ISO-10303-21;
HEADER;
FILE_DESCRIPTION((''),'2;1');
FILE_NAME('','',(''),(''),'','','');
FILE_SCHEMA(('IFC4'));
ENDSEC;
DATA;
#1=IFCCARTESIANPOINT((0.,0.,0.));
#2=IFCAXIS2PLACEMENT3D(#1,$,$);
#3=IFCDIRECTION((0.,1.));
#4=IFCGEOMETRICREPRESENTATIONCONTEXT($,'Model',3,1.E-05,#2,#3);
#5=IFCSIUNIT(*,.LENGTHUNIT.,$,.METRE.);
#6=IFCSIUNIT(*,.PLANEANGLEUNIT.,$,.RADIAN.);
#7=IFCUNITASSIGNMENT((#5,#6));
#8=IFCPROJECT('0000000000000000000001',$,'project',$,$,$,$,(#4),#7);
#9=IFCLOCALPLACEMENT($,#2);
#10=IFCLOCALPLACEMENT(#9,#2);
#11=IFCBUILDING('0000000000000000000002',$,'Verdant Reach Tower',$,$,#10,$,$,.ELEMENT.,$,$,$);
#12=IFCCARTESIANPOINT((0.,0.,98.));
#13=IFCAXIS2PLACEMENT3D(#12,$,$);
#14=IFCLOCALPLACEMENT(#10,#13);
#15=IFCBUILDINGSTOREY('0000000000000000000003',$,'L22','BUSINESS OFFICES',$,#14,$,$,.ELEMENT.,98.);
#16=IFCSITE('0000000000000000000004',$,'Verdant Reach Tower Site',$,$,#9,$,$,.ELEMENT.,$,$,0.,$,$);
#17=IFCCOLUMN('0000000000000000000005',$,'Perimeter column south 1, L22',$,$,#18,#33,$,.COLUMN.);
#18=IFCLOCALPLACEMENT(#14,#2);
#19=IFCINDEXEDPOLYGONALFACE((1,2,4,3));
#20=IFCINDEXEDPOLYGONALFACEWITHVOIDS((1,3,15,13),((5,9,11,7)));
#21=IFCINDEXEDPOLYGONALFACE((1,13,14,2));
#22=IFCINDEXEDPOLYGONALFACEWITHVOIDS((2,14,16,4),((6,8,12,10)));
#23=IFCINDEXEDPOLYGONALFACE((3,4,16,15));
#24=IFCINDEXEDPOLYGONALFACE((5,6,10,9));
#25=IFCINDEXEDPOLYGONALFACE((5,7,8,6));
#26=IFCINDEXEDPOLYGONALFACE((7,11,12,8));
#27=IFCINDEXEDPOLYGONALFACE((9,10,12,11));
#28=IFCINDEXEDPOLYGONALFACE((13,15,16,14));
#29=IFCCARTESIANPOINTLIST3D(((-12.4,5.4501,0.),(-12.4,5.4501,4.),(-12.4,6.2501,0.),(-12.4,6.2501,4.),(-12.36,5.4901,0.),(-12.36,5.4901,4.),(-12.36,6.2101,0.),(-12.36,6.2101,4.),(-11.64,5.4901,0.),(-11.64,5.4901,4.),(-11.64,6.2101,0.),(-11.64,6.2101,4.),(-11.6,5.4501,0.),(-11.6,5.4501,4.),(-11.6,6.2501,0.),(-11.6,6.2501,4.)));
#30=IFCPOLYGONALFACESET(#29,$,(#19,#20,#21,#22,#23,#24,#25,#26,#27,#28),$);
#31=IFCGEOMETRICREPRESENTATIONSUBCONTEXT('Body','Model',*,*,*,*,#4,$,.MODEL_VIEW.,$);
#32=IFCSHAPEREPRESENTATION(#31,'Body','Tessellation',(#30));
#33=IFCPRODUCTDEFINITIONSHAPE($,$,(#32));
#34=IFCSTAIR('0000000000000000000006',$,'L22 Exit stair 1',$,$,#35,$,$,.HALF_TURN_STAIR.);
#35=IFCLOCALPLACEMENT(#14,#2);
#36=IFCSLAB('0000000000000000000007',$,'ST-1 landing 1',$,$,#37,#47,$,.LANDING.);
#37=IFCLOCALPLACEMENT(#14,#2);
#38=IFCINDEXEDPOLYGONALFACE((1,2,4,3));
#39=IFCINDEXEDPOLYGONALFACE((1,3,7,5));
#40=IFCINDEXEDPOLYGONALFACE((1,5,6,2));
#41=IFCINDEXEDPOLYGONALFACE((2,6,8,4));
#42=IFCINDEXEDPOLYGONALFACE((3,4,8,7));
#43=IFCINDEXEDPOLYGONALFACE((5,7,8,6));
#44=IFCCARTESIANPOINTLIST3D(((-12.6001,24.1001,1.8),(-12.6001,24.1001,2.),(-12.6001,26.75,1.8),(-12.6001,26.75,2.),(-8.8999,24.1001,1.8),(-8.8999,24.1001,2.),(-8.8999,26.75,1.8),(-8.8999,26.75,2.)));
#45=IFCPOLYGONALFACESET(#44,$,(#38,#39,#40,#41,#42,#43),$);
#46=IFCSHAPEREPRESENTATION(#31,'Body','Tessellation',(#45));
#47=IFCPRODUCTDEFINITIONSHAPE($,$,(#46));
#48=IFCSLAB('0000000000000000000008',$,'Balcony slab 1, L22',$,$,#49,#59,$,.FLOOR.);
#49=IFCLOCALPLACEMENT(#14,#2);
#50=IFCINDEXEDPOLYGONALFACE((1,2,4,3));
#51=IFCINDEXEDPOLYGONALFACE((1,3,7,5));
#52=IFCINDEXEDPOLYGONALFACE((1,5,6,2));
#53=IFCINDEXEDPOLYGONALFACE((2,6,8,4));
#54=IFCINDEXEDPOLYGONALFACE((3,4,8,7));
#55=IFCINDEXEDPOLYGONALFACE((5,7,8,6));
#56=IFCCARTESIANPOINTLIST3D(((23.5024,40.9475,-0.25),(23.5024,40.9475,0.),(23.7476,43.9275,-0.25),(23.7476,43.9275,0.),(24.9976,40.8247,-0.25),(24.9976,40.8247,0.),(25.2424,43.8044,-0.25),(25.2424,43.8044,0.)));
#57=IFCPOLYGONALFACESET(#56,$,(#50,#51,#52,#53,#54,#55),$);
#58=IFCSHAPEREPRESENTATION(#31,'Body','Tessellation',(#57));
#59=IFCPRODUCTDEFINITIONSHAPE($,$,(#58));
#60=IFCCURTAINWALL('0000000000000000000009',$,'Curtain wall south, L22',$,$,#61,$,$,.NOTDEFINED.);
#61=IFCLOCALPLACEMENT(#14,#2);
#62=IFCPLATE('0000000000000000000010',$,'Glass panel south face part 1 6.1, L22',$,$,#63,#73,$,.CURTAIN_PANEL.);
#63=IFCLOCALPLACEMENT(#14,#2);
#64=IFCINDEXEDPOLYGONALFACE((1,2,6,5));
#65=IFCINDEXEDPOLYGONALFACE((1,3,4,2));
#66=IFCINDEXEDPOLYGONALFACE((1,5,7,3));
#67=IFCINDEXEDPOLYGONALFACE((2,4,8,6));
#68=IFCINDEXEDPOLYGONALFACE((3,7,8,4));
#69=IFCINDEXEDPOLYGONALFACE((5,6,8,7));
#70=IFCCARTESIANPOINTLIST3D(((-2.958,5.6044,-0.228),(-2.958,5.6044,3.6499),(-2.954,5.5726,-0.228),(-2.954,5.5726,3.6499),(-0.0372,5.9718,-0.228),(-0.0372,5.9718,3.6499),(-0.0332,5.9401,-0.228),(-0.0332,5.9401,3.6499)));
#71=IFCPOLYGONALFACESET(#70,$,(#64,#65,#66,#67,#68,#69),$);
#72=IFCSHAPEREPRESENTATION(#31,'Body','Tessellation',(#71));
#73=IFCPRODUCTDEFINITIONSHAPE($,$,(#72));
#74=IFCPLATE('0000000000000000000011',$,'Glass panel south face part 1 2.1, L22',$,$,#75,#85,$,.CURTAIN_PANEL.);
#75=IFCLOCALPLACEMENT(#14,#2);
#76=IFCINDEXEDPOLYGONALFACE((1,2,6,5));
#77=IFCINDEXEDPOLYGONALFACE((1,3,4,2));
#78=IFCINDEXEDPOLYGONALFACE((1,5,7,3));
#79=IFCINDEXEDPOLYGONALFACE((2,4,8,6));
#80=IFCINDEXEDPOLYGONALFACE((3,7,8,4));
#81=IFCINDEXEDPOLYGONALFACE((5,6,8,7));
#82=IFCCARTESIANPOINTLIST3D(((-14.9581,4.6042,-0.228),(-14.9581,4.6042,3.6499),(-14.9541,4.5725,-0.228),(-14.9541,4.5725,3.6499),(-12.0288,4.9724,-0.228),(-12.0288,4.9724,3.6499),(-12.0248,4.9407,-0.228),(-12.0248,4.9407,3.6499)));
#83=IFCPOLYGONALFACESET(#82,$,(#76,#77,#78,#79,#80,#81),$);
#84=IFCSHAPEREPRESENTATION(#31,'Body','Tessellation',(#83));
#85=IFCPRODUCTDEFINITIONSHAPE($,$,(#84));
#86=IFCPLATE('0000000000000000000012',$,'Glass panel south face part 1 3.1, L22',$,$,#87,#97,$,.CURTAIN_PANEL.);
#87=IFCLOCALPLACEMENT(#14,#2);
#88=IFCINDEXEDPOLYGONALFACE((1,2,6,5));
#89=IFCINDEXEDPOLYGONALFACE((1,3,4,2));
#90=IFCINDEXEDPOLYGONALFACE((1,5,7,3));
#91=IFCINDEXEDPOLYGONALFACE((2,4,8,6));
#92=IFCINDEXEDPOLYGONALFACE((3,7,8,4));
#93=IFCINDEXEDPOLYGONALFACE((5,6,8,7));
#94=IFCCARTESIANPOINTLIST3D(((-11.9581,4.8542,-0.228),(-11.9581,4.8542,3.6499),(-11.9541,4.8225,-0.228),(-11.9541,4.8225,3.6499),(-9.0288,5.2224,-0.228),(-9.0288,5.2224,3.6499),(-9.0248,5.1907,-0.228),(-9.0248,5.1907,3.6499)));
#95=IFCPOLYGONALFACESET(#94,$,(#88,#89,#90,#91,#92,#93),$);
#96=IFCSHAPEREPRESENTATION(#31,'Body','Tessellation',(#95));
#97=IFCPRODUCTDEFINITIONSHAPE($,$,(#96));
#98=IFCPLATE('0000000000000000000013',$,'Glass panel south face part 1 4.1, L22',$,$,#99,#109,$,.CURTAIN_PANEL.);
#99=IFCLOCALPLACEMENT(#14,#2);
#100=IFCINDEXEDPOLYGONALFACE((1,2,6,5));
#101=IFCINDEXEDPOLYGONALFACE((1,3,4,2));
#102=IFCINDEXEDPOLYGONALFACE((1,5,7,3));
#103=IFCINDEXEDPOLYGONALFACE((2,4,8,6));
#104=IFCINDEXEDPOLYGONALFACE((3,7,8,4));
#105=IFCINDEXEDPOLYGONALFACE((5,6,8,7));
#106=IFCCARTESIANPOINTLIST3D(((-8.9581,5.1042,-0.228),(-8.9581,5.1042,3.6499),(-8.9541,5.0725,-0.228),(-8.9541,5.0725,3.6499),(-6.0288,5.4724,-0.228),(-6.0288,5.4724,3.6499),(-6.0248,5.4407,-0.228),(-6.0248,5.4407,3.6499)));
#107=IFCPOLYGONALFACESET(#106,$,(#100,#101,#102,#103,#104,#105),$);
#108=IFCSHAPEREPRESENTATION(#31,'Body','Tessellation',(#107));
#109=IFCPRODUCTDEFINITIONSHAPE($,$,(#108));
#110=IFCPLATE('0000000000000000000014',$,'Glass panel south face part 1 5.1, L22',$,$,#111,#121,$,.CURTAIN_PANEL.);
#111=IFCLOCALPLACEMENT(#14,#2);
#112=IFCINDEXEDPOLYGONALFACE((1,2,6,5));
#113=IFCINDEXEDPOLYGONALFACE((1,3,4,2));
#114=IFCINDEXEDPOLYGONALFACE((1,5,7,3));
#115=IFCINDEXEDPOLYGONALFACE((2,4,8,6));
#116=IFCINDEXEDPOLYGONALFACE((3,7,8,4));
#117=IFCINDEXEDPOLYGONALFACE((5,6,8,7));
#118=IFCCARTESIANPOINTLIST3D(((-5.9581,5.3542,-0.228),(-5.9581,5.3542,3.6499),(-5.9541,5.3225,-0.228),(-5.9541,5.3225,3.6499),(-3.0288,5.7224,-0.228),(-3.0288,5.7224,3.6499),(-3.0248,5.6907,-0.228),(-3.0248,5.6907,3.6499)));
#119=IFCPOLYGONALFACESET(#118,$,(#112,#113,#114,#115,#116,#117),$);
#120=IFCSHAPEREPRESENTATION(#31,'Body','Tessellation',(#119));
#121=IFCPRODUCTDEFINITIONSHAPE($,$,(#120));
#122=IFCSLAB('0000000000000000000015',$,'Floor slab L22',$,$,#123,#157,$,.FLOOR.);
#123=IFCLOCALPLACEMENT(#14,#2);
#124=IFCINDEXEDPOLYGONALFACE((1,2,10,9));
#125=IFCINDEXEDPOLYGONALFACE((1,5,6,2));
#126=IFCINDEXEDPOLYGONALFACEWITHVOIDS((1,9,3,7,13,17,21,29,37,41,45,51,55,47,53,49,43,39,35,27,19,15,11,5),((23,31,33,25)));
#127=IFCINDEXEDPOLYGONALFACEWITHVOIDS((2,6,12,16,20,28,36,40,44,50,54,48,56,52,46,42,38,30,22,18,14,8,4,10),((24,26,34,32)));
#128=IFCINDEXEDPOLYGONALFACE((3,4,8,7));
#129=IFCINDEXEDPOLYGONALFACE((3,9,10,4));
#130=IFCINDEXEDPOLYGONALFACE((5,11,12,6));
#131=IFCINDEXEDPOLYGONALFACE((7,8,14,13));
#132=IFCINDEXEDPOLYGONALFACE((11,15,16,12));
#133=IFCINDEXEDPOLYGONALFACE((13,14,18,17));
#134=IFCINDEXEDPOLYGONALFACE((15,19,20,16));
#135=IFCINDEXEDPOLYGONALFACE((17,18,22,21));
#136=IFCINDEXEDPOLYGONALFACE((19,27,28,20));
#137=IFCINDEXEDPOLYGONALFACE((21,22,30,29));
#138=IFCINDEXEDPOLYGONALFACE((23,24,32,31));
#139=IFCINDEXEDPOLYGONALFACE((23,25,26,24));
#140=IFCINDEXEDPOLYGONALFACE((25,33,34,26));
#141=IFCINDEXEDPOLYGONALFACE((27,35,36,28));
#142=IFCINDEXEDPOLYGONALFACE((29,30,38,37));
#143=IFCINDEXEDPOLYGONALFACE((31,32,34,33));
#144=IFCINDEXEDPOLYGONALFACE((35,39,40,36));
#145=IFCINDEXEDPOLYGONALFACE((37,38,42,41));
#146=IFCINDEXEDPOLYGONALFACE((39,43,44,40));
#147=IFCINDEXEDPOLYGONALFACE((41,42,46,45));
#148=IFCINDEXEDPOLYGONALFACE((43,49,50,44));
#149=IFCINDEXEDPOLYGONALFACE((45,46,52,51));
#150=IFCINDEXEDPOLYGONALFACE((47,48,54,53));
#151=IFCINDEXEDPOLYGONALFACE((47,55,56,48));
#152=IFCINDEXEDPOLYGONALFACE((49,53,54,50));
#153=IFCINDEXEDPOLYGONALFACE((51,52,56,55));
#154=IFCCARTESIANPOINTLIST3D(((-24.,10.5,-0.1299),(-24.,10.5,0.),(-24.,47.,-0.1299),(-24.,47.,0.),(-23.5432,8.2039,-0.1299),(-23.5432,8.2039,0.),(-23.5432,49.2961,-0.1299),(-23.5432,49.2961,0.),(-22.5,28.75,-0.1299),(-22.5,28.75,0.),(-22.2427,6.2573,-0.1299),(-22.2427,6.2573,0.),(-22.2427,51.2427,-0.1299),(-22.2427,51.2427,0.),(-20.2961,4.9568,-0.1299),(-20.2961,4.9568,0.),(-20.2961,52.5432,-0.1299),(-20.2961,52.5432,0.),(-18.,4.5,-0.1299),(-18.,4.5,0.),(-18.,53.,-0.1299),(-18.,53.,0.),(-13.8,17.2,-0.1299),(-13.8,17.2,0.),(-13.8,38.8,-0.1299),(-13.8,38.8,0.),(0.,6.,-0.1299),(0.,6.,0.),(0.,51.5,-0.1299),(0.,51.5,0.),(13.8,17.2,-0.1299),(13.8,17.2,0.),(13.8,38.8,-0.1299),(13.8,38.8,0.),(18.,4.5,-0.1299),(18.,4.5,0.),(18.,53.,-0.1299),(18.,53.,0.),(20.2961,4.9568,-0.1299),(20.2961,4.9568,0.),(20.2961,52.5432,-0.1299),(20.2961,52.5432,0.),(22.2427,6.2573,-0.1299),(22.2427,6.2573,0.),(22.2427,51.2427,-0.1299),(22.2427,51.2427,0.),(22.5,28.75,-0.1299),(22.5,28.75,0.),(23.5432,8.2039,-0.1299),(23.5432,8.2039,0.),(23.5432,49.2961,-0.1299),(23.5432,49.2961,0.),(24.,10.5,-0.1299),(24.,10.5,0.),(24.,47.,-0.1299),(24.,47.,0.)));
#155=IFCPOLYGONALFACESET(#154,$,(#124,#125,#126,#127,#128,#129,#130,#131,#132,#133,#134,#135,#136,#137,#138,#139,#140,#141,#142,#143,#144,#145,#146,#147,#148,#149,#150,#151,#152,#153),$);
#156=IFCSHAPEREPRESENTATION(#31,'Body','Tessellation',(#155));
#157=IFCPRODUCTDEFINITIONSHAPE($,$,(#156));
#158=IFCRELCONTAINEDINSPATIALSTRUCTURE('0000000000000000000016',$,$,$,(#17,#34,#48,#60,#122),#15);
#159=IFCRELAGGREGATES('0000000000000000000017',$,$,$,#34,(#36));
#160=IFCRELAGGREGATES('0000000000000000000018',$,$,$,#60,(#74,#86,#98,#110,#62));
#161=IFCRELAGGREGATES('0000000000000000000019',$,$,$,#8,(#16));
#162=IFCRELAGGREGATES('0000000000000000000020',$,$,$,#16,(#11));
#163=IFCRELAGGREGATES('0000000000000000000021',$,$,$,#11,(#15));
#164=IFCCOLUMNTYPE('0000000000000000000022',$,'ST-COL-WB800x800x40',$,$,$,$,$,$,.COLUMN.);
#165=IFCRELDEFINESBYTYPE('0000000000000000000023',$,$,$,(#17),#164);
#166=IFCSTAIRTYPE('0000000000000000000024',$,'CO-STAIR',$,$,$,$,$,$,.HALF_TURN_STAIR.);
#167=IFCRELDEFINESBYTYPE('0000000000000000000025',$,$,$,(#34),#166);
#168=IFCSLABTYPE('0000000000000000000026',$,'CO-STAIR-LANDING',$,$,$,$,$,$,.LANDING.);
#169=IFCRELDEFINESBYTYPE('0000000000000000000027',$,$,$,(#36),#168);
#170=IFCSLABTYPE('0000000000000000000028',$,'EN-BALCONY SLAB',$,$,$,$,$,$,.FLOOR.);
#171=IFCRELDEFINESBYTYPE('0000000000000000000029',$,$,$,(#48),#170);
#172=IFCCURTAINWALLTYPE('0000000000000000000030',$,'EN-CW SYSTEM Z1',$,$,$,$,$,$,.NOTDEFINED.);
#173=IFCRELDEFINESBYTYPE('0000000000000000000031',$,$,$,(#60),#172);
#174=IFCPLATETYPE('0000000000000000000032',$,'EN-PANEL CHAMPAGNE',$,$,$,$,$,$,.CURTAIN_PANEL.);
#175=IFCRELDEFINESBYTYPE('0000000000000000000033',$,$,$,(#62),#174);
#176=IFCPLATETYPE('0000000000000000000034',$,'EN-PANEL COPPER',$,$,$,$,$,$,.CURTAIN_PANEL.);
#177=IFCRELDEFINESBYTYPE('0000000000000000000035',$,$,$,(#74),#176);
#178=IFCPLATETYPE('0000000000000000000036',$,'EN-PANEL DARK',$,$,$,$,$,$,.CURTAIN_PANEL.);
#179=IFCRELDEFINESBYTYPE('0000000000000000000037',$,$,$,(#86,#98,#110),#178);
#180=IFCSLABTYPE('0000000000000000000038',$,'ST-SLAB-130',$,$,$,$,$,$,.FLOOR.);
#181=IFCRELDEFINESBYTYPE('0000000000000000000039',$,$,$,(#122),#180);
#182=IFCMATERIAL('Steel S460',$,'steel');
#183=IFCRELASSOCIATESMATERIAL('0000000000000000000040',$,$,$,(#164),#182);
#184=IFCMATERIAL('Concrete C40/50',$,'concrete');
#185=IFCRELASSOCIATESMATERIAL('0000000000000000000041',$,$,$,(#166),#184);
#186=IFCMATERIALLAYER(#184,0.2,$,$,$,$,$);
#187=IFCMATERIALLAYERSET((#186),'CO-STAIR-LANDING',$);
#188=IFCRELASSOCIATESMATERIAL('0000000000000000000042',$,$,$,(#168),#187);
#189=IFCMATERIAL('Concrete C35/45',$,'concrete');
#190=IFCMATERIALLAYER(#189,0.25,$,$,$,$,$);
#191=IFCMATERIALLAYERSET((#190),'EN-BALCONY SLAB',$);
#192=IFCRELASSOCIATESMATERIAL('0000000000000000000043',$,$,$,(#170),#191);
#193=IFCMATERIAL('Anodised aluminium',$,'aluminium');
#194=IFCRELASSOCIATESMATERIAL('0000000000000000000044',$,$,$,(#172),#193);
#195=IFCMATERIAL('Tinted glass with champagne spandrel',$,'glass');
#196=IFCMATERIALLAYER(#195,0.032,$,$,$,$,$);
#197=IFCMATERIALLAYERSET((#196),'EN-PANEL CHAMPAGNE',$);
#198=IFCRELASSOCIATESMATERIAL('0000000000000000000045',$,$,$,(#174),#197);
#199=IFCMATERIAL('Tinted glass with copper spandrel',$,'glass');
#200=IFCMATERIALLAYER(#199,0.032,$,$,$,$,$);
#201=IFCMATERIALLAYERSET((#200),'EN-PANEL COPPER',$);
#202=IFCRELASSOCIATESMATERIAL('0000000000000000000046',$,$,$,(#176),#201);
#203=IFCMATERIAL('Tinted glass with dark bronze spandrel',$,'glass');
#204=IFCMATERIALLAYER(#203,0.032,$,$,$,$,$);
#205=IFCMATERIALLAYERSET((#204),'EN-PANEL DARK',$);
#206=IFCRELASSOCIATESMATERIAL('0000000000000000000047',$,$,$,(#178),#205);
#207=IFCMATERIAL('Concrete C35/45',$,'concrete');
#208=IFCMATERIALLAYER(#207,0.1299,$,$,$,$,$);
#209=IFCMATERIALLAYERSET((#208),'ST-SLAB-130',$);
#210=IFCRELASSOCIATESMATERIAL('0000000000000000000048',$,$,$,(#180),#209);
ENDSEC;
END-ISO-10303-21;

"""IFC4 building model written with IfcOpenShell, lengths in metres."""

from ifc_helpers import new_model, si_unit, direction, frame, origin, origin_2d, place, context, subcontext, project, spatial, polyline, rectangle, hollow_rectangle, outline, extrude, material, layer, layer_set, material_profile, profile_set, type_object, element, aggregate, save


model = new_model("IFC4")

# Units and contexts
model_context = context("Model", 3, precision=1e-05, world=origin(), true_north=direction((0.0, 1.0)))
body_context = subcontext(model_context, "Body", "Model", "MODEL_VIEW")
ifc_project = project(units=[si_unit("LENGTHUNIT", "METRE"), si_unit("PLANEANGLEUNIT", "RADIAN")], contexts=[model_context])

# Site, building, storey
site_placement = place(None, origin())
site = spatial("IfcSite", under=ifc_project, at=site_placement, Name="Verdant Reach Tower Site", CompositionType="ELEMENT", RefElevation=0.0)
building_placement = place(site_placement, origin())
building = spatial("IfcBuilding", under=site, at=building_placement, Name="Verdant Reach Tower", CompositionType="ELEMENT")
storey_placement = place(building_placement, frame((0.0, 0.0, 98.0)))
storey = spatial("IfcBuildingStorey", under=building, at=storey_placement, Name="L22", Description="BUSINESS OFFICES", CompositionType="ELEMENT", Elevation=98.0)

# Column
ifc_material_1 = material(Name="Steel S460", Category="steel")
ifc_material_profile = material_profile(ifc_material_1, hollow_rectangle(XDim=0.8, YDim=0.8, WallThickness=0.04, at=origin_2d()), Name="WB 800x800x40")
ifc_profile_set = profile_set([ifc_material_profile], Name="Steel S460")
column_type = type_object("IfcColumnType", Name="ST-COL-WB800x800x40", PredefinedType="COLUMN", material=ifc_profile_set)
column_placement = place(storey_placement, frame((-12.0, 5.8501, 0.0), z_axis=(0.0, 0.0, 1.0), x_axis=(1.0, 0.0, 0.0)))
element("IfcColumn", 1, at=column_placement, inside=storey, type_object=column_type, Name="Perimeter column south 1, L22", PredefinedType="COLUMN", context=body_context, shape_type="SweptSolid", body=[
    extrude(hollow_rectangle(XDim=0.8, YDim=0.8, WallThickness=0.04, at=origin_2d()), origin(), (0.0, 0.0, 1.0), 4.0),
])

# Stair, slab
ifc_material_2 = material(Name="Concrete C40/50", Category="concrete")
stair_type = type_object("IfcStairType", Name="CO-STAIR", PredefinedType="HALF_TURN_STAIR", material=ifc_material_2)
stair_placement = place(storey_placement, origin())
stair = element("IfcStair", 2, at=stair_placement, inside=storey, type_object=stair_type, Name="L22 Exit stair 1", PredefinedType="HALF_TURN_STAIR")
ifc_layer_1 = layer(ifc_material_2, 0.2)
ifc_layer_set_1 = layer_set([ifc_layer_1], Name="CO-STAIR-LANDING")
slab_type_1 = type_object("IfcSlabType", Name="CO-STAIR-LANDING", PredefinedType="LANDING", material=ifc_layer_set_1)
slab_1_placement = place(storey_placement, frame((0.0, 0.0, 1.8)))
slab_1 = element("IfcSlab", 3, at=slab_1_placement, type_object=slab_type_1, Name="ST-1 landing 1", PredefinedType="LANDING", context=body_context, shape_type="SweptSolid", body=[
    extrude(outline(polyline([(-12.6001, 26.75), (-12.6001, 24.1001), (-8.8999, 24.1001), (-8.8999, 26.75), (-12.6001, 26.75)])), origin(), (0.0, 0.0, 1.0), 0.2),
])
aggregate(stair, [slab_1])

# Slab
ifc_material_3 = material(Name="Concrete C35/45", Category="concrete")
ifc_layer_2 = layer(ifc_material_3, 0.25)
ifc_layer_set_2 = layer_set([ifc_layer_2], Name="EN-BALCONY SLAB")
slab_type_2 = type_object("IfcSlabType", Name="EN-BALCONY SLAB", PredefinedType="FLOOR", material=ifc_layer_set_2)
slab_2_placement = place(storey_placement, frame((0.0, 0.0, -0.25)))
element("IfcSlab", 4, at=slab_2_placement, inside=storey, type_object=slab_type_2, Name="Balcony slab 1, L22", PredefinedType="FLOOR", context=body_context, shape_type="SweptSolid", body=[
    extrude(outline(polyline([(23.5024, 40.9475), (23.7476, 43.9275), (25.2424, 43.8044), (24.9976, 40.8247), (23.5024, 40.9475)])), origin(), (0.0, 0.0, 1.0), 0.25),
])

# Curtain wall, plates
ifc_material_4 = material(Name="Anodised aluminium", Category="aluminium")
curtain_wall_type = type_object("IfcCurtainWallType", Name="EN-CW SYSTEM Z1", PredefinedType="NOTDEFINED", material=ifc_material_4)
curtain_wall_placement = place(storey_placement, origin())
curtain_wall = element("IfcCurtainWall", 5, at=curtain_wall_placement, inside=storey, type_object=curtain_wall_type, Name="Curtain wall south, L22", PredefinedType="NOTDEFINED")
ifc_material_5 = material(Name="Tinted glass with champagne spandrel", Category="glass")
ifc_layer_3 = layer(ifc_material_5, 0.032)
ifc_layer_set_3 = layer_set([ifc_layer_3], Name="EN-PANEL CHAMPAGNE")
plate_type_1 = type_object("IfcPlateType", Name="EN-PANEL CHAMPAGNE", PredefinedType="CURTAIN_PANEL", material=ifc_layer_set_3)
plate_1_placement = place(storey_placement, frame((-1.4956, 5.7722, -0.228), z_axis=(0.0, 0.0, 1.0), x_axis=(0.992179, 0.124821, 0.0)))
plate_1 = element("IfcPlate", 6, at=plate_1_placement, type_object=plate_type_1, Name="Glass panel south face part 1 6.1, L22", PredefinedType="CURTAIN_PANEL", context=body_context, shape_type="SweptSolid", body=[
    extrude(rectangle(XDim=2.9438, YDim=0.032, at=origin_2d()), origin(), (0.0, 0.0, 1.0), 3.8779),
])
ifc_material_6 = material(Name="Tinted glass with copper spandrel", Category="glass")
ifc_layer_4 = layer(ifc_material_6, 0.032)
ifc_layer_set_4 = layer_set([ifc_layer_4], Name="EN-PANEL COPPER")
plate_type_2 = type_object("IfcPlateType", Name="EN-PANEL COPPER", PredefinedType="CURTAIN_PANEL", material=ifc_layer_set_4)
plate_2_placement = place(storey_placement, frame((-13.4915, 4.7725, -0.228), z_axis=(0.0, 0.0, 1.0), x_axis=(0.992194, 0.124704, 0.0)))
plate_2 = element("IfcPlate", 7, at=plate_2_placement, type_object=plate_type_2, Name="Glass panel south face part 1 2.1, L22", PredefinedType="CURTAIN_PANEL", context=body_context, shape_type="SweptSolid", body=[
    extrude(rectangle(XDim=2.9524, YDim=0.032, at=origin_2d()), origin(), (0.0, 0.0, 1.0), 3.8779),
])
ifc_material_7 = material(Name="Tinted glass with dark bronze spandrel", Category="glass")
ifc_layer_5 = layer(ifc_material_7, 0.032)
ifc_layer_set_5 = layer_set([ifc_layer_5], Name="EN-PANEL DARK")
plate_type_3 = type_object("IfcPlateType", Name="EN-PANEL DARK", PredefinedType="CURTAIN_PANEL", material=ifc_layer_set_5)
plate_3_placement = place(storey_placement, frame((-10.4915, 5.0225, -0.228), z_axis=(0.0, 0.0, 1.0), x_axis=(0.992194, 0.124704, 0.0)))
plate_3 = element("IfcPlate", 8, at=plate_3_placement, type_object=plate_type_3, Name="Glass panel south face part 1 3.1, L22", PredefinedType="CURTAIN_PANEL", context=body_context, shape_type="SweptSolid", body=[
    extrude(rectangle(XDim=2.9524, YDim=0.032, at=origin_2d()), origin(), (0.0, 0.0, 1.0), 3.8779),
])
plate_4_placement = place(storey_placement, frame((-7.4915, 5.2725, -0.228), z_axis=(0.0, 0.0, 1.0), x_axis=(0.992194, 0.124704, 0.0)))
plate_4 = element("IfcPlate", 9, at=plate_4_placement, type_object=plate_type_3, Name="Glass panel south face part 1 4.1, L22", PredefinedType="CURTAIN_PANEL", context=body_context, shape_type="SweptSolid", body=[
    extrude(rectangle(XDim=2.9524, YDim=0.032, at=origin_2d()), origin(), (0.0, 0.0, 1.0), 3.8779),
])
plate_5_placement = place(storey_placement, frame((-4.4915, 5.5225, -0.228), z_axis=(0.0, 0.0, 1.0), x_axis=(0.992194, 0.124704, 0.0)))
plate_5 = element("IfcPlate", 10, at=plate_5_placement, type_object=plate_type_3, Name="Glass panel south face part 1 5.1, L22", PredefinedType="CURTAIN_PANEL", context=body_context, shape_type="SweptSolid", body=[
    extrude(rectangle(XDim=2.9524, YDim=0.032, at=origin_2d()), origin(), (0.0, 0.0, 1.0), 3.8779),
])
aggregate(curtain_wall, [plate_2, plate_3, plate_4, plate_5, plate_1])

# Slab
ifc_material_8 = material(Name="Concrete C35/45", Category="concrete")
ifc_layer_6 = layer(ifc_material_8, 0.1299)
ifc_layer_set_6 = layer_set([ifc_layer_6], Name="ST-SLAB-130")
slab_type_3 = type_object("IfcSlabType", Name="ST-SLAB-130", PredefinedType="FLOOR", material=ifc_layer_set_6)
slab_3_placement = place(storey_placement, frame((0.0, 0.0, -0.1299)))
element("IfcSlab", 11, at=slab_3_placement, inside=storey, type_object=slab_type_3, Name="Floor slab L22", PredefinedType="FLOOR", context=body_context, shape_type="SweptSolid", body=[
    extrude(outline(polyline([(0.0, 6.0), (-18.0, 4.5), (-20.2961, 4.9568), (-22.2427, 6.2573), (-23.5432, 8.2039), (-24.0, 10.5), (-22.5, 28.75), (-24.0, 47.0), (-23.5432, 49.2961), (-22.2427, 51.2427), (-20.2961, 52.5432), (-18.0, 53.0), (0.0, 51.5), (18.0, 53.0), (20.2961, 52.5432), (22.2427, 51.2427), (23.5432, 49.2961), (24.0, 47.0), (22.5, 28.75), (24.0, 10.5), (23.5432, 8.2039), (22.2427, 6.2573), (20.2961, 4.9568), (18.0, 4.5), (0.0, 6.0)]), holes=[polyline([(13.8, 38.8), (-13.8, 38.8), (-13.8, 17.2), (13.8, 17.2), (13.8, 38.8)])]), origin(), (0.0, 0.0, 1.0), 0.1299),
])

save(model, "model.ifc")
